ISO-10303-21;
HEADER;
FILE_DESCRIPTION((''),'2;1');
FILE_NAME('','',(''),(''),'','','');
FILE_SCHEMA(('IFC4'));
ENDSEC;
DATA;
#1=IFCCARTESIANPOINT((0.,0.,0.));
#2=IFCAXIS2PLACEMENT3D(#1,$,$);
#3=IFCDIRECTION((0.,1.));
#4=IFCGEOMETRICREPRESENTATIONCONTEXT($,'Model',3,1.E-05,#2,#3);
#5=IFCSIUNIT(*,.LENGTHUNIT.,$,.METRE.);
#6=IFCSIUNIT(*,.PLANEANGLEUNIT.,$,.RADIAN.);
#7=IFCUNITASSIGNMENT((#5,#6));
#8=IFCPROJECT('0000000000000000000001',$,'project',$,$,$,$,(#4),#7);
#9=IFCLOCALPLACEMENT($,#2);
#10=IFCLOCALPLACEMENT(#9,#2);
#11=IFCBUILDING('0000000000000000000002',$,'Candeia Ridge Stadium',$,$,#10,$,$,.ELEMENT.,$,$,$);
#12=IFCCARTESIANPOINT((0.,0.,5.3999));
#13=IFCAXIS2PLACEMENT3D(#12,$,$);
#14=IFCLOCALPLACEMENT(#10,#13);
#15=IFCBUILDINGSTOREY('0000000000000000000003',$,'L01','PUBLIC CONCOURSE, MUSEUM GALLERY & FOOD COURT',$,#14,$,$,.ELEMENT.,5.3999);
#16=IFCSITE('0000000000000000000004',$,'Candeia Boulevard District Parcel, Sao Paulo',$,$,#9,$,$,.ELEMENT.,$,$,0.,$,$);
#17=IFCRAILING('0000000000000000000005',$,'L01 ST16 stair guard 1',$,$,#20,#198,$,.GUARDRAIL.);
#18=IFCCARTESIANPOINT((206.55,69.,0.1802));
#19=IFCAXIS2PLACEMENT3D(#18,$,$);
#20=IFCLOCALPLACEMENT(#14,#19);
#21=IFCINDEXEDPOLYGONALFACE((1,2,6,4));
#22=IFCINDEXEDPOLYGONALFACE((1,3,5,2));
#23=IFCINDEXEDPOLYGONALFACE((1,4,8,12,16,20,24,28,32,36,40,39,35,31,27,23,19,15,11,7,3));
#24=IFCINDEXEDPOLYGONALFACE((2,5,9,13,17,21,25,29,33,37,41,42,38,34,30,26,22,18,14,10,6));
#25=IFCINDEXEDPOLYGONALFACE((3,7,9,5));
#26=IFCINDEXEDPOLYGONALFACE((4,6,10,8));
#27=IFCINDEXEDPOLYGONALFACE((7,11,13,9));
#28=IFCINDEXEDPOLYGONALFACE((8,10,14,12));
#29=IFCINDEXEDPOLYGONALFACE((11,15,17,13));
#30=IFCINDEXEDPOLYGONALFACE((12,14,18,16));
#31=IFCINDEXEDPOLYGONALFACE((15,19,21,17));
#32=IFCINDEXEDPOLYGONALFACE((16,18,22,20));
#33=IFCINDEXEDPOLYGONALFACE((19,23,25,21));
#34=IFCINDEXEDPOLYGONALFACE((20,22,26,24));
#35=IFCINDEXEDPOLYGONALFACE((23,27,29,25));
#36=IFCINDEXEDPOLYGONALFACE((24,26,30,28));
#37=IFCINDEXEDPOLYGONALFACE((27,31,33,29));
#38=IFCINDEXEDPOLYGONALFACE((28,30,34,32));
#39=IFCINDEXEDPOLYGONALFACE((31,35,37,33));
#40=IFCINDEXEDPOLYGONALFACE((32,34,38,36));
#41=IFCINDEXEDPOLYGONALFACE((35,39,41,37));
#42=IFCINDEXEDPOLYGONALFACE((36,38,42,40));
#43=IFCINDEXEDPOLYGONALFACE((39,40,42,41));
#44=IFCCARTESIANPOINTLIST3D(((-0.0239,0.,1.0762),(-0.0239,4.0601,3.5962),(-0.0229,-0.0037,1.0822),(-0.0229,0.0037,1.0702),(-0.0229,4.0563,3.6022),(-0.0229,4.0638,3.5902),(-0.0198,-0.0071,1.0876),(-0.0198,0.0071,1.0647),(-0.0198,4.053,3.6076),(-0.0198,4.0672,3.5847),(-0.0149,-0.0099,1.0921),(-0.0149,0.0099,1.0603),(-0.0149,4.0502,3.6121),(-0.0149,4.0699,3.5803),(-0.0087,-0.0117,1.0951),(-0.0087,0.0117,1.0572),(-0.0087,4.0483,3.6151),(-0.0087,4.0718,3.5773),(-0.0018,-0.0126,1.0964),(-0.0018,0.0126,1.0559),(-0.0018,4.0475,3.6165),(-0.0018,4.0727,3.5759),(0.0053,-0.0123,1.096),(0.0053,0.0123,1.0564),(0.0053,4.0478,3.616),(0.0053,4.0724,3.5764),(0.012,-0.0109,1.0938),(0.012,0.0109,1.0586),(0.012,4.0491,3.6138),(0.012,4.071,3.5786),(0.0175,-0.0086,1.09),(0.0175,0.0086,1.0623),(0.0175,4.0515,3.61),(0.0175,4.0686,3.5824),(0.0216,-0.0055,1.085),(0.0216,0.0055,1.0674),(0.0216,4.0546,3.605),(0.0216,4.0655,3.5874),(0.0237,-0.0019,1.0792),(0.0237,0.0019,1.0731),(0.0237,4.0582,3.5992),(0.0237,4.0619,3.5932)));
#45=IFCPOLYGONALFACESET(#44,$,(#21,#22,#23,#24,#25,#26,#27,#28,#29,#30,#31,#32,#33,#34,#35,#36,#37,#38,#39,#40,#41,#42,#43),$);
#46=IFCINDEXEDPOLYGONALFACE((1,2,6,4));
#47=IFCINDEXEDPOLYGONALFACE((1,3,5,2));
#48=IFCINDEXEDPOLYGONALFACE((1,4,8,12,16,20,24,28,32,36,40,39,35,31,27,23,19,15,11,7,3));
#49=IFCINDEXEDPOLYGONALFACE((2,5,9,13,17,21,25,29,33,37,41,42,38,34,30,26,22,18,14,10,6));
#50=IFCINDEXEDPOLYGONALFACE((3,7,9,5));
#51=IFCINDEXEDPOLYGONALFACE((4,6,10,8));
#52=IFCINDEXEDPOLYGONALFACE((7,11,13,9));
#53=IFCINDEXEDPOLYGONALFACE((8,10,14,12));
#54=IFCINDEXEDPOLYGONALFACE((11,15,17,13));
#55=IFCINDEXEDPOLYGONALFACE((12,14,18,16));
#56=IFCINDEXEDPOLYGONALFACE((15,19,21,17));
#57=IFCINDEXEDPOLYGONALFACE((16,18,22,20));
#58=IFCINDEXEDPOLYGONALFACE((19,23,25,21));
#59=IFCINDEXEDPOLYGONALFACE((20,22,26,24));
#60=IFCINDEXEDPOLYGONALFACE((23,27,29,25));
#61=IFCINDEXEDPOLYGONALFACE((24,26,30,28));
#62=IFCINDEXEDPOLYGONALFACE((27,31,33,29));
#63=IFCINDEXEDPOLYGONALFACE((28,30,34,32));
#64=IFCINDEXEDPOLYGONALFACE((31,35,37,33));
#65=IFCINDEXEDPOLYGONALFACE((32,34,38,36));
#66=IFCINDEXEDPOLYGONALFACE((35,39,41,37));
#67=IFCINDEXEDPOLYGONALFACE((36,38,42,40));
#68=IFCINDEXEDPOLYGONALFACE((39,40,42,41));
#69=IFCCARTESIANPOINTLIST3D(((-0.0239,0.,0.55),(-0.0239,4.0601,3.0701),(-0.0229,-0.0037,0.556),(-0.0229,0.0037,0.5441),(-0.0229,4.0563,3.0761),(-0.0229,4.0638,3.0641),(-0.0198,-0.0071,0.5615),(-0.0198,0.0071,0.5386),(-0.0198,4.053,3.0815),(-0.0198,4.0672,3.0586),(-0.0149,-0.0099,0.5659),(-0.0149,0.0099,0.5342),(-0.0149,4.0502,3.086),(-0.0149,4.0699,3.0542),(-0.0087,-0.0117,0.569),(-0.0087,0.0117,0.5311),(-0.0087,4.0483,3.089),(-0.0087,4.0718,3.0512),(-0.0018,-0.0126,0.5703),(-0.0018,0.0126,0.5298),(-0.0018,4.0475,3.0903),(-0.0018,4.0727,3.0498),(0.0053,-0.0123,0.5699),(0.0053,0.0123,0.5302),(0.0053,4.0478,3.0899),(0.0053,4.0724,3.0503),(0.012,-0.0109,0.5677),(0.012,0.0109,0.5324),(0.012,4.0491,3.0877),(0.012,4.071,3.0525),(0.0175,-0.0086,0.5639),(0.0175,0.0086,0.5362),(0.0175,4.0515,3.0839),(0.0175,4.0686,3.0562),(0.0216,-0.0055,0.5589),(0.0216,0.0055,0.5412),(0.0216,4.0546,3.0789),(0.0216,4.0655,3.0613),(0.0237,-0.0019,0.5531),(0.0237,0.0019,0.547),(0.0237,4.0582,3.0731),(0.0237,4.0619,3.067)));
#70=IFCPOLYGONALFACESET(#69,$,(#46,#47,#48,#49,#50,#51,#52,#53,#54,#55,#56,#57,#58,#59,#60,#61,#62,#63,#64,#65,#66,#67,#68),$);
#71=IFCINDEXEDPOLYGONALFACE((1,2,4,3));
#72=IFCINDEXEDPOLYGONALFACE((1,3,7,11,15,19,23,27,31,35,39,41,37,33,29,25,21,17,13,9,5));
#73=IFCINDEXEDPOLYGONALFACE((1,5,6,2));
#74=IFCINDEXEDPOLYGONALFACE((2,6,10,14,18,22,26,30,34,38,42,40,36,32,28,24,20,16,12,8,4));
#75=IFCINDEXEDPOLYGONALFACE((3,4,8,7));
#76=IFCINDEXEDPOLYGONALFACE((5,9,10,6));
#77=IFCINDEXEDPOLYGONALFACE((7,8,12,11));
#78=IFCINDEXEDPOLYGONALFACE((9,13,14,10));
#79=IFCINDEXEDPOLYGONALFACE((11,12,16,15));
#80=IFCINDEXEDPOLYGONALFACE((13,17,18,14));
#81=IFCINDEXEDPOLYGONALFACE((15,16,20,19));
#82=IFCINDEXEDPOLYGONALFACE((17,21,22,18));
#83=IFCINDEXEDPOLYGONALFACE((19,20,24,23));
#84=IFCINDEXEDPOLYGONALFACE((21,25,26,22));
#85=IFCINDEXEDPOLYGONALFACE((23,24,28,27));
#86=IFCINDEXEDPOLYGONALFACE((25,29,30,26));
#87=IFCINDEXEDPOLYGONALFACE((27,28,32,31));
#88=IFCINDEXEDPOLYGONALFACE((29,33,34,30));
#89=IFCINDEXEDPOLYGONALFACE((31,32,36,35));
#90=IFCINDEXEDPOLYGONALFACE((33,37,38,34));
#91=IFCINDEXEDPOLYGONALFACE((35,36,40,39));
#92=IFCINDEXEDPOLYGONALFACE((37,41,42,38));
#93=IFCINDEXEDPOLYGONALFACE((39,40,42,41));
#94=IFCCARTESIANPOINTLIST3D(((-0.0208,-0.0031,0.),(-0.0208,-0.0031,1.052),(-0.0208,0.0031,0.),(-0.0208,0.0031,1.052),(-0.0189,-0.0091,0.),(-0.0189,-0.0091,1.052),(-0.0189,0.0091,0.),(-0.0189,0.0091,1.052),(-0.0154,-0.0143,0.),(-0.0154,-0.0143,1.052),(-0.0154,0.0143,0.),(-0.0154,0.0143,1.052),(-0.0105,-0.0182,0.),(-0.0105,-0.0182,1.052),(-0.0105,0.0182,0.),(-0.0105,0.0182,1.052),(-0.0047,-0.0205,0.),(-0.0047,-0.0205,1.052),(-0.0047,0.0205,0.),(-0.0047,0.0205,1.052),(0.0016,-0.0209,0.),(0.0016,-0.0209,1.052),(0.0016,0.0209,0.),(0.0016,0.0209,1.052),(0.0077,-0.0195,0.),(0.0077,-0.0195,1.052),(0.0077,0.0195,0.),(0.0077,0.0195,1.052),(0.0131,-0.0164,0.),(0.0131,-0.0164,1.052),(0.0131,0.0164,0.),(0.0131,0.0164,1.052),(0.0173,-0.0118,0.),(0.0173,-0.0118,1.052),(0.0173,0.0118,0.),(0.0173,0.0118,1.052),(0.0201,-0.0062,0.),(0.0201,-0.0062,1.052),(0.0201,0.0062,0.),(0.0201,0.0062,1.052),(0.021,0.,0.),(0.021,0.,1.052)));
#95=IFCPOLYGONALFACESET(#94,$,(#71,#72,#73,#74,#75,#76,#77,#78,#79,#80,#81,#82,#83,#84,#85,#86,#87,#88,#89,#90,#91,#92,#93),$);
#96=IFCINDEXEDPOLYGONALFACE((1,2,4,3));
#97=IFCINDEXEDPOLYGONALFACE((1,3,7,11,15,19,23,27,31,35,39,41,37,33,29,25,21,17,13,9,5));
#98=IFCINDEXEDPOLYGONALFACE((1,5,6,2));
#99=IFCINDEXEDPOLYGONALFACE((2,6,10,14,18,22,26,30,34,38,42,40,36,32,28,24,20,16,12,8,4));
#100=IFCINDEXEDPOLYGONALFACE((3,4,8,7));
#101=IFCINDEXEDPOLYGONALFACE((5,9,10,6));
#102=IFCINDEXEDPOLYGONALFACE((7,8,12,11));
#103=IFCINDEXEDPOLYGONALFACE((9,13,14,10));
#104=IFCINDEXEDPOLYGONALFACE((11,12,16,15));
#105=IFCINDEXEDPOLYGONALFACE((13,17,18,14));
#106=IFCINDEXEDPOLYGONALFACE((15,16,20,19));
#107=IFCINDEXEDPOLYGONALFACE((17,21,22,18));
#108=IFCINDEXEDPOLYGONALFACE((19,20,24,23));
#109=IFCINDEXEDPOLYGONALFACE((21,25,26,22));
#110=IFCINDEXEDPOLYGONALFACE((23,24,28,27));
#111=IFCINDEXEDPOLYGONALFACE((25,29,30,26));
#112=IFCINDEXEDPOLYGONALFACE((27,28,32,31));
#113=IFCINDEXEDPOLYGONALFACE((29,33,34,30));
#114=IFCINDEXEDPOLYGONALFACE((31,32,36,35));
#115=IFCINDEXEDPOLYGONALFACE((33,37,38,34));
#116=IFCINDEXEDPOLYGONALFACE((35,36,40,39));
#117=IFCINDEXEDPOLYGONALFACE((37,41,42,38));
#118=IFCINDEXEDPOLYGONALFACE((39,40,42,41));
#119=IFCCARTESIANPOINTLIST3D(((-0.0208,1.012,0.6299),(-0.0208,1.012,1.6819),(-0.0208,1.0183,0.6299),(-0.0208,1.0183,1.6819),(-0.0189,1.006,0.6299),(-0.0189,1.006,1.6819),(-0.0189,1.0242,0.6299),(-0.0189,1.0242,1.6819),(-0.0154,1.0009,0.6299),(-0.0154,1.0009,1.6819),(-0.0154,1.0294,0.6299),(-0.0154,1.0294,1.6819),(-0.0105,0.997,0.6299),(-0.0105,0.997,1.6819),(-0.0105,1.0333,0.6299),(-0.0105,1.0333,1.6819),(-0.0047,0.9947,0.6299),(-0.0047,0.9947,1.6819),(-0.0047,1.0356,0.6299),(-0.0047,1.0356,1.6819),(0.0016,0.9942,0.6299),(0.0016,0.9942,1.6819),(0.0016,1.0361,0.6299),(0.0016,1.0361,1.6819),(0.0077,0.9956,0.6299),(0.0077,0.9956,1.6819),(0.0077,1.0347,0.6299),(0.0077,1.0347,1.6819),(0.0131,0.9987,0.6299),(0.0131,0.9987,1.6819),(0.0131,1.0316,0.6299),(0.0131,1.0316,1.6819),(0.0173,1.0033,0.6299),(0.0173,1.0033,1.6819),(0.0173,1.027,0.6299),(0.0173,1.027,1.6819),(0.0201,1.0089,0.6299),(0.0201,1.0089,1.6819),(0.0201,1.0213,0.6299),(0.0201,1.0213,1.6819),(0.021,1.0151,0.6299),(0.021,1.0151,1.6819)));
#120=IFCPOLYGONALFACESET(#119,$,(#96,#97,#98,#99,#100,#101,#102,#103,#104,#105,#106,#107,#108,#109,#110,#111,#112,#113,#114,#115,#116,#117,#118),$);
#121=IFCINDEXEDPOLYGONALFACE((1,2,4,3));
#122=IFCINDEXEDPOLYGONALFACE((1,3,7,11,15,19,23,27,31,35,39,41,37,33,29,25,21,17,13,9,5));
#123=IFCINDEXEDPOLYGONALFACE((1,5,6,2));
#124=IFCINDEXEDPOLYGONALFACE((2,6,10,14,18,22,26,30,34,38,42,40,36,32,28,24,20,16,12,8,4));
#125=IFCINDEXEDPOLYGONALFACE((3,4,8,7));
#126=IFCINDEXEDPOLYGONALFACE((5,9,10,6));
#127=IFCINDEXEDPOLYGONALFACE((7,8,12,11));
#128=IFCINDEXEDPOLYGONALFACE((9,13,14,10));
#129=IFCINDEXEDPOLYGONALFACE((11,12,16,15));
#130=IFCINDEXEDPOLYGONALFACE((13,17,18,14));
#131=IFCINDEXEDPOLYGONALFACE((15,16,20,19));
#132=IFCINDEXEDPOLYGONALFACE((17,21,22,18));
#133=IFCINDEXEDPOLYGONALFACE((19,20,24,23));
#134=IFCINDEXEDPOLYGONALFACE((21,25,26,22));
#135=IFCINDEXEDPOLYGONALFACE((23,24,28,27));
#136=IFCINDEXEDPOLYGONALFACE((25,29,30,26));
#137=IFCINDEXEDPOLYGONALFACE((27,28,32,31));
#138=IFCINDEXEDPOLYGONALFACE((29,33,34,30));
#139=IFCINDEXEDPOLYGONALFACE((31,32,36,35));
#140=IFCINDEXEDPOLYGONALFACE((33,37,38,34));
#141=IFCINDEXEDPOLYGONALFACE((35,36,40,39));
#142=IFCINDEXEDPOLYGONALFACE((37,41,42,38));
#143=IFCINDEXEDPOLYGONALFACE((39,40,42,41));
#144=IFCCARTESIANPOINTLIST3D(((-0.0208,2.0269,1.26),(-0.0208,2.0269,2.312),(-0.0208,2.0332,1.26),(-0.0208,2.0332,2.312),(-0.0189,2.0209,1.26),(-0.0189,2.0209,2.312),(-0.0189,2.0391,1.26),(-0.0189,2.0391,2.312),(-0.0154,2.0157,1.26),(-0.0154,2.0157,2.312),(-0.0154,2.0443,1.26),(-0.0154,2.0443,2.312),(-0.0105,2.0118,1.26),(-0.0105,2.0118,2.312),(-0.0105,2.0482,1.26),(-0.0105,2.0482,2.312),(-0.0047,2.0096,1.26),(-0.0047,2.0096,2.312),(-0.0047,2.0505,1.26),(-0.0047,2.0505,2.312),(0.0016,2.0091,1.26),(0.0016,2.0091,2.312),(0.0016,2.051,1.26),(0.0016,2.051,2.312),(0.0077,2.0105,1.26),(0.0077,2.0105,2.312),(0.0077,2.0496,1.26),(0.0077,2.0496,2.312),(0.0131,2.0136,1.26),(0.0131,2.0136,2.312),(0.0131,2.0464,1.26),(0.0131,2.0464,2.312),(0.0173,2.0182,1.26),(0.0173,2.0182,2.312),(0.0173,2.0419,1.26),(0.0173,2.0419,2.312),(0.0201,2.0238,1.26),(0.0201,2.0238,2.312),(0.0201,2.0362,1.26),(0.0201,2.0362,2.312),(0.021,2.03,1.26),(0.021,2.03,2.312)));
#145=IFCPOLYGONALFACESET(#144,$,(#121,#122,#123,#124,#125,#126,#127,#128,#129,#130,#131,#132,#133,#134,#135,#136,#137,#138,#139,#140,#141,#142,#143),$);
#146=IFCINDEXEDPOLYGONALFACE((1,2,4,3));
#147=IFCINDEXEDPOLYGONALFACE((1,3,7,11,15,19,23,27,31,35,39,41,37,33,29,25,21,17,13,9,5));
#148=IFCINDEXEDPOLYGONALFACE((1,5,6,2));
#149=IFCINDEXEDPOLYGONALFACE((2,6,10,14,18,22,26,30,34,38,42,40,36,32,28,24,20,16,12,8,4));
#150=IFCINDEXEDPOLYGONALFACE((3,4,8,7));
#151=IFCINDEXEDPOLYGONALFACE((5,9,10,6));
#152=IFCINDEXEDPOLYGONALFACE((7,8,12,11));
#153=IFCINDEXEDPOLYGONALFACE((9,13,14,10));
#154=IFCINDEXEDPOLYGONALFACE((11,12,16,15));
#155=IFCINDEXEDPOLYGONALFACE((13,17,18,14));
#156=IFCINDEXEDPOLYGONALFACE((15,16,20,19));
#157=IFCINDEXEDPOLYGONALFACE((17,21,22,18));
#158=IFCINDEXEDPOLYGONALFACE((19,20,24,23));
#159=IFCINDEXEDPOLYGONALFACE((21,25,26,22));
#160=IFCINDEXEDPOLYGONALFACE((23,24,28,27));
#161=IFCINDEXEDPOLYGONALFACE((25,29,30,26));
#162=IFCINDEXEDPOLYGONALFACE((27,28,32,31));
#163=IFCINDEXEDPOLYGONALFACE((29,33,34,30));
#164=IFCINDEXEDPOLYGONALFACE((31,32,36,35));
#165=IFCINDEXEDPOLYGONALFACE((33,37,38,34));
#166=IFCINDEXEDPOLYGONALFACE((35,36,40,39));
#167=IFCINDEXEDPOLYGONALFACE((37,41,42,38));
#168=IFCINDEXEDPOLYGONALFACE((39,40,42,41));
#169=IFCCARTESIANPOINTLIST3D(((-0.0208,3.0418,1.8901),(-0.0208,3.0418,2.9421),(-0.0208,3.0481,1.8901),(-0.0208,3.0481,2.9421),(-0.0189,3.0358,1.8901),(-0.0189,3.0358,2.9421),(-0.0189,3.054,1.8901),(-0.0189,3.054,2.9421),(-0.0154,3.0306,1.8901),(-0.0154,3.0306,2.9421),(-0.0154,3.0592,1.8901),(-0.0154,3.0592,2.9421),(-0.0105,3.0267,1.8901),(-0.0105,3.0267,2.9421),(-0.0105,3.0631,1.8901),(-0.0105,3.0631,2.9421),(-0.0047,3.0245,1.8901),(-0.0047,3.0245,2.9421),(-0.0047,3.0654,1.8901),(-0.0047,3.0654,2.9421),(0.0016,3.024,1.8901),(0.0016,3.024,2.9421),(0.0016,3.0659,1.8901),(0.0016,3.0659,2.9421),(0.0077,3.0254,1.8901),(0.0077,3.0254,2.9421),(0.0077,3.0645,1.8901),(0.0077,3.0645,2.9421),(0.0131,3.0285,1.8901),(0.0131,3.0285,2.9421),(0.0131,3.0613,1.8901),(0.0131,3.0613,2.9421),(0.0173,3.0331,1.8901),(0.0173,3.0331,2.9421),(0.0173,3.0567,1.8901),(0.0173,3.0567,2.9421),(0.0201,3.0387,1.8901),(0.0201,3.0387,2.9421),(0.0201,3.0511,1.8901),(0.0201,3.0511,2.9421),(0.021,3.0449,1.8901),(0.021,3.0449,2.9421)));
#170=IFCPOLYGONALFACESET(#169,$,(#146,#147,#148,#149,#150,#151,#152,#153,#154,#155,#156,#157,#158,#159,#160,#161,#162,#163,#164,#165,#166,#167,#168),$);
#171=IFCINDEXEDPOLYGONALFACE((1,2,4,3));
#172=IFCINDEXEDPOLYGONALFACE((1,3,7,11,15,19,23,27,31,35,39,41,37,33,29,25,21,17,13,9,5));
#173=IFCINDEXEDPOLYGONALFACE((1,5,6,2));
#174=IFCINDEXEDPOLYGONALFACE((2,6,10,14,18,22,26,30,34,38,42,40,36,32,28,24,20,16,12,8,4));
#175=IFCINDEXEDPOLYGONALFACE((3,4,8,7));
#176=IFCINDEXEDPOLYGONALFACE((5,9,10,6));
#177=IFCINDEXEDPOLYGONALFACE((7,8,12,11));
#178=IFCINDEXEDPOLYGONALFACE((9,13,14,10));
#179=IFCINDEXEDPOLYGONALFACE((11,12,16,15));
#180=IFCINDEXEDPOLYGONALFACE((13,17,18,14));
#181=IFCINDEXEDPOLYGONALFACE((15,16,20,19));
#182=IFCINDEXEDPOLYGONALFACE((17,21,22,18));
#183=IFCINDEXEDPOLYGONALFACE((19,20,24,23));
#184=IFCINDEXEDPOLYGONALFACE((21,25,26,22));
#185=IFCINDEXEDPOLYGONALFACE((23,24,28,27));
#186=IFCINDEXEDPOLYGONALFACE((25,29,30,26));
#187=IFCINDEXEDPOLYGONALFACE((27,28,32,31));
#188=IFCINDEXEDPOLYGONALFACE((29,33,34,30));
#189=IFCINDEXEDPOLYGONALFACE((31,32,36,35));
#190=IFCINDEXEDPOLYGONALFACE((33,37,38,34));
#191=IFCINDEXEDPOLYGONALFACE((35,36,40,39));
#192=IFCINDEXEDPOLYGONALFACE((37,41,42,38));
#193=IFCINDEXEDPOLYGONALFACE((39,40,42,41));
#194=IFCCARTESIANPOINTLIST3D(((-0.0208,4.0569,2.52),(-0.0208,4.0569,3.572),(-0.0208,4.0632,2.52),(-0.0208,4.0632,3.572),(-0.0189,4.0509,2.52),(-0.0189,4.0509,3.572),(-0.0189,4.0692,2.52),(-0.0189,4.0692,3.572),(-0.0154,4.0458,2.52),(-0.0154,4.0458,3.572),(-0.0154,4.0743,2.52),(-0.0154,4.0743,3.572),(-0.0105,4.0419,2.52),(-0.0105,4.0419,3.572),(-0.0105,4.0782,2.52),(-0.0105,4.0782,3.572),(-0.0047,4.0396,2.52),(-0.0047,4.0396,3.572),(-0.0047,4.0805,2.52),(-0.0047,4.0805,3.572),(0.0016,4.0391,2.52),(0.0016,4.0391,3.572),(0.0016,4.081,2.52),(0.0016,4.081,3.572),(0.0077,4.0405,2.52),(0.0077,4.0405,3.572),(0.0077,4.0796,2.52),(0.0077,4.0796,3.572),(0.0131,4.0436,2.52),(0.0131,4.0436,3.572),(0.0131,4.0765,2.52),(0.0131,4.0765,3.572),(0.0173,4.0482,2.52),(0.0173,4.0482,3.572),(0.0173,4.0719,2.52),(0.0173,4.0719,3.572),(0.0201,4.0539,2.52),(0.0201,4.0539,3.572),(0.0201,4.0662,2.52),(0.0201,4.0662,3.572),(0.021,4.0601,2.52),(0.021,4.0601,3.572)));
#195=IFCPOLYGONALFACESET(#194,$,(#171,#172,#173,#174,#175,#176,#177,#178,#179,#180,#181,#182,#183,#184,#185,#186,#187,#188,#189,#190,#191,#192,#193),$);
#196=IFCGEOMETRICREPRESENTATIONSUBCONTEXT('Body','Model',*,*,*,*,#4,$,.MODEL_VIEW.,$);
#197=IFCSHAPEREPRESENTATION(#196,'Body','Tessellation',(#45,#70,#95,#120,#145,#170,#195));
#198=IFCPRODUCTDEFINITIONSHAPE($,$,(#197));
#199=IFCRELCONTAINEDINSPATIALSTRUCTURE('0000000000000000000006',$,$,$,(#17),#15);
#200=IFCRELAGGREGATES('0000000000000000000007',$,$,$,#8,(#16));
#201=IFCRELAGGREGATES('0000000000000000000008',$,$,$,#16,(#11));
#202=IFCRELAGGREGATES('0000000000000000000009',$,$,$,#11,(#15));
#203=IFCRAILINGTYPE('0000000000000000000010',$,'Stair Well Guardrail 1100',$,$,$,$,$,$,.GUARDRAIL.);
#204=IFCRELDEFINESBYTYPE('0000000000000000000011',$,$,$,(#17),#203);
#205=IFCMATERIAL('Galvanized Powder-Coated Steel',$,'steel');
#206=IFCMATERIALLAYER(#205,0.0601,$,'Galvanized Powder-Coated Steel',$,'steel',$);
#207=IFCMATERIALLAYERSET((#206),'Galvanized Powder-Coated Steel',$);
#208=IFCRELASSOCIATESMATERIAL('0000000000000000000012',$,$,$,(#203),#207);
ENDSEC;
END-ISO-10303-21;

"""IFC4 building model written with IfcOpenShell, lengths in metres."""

from ifc_helpers import new_model, si_unit, direction, frame, origin, origin_2d, place, context, subcontext, project, spatial, circle, extrude, material, layer, layer_set, type_object, element, save


model = new_model("IFC4")

# Units and contexts
model_context = context("Model", 3, precision=1e-05, world=origin(), true_north=direction((0.0, 1.0)))
body_context = subcontext(model_context, "Body", "Model", "MODEL_VIEW")
ifc_project = project(units=[si_unit("LENGTHUNIT", "METRE"), si_unit("PLANEANGLEUNIT", "RADIAN")], contexts=[model_context])

# Site, building, storey
site_placement = place(None, origin())
site = spatial("IfcSite", under=ifc_project, at=site_placement, Name="Candeia Boulevard District Parcel, Sao Paulo", CompositionType="ELEMENT", RefElevation=0.0)
building_placement = place(site_placement, origin())
building = spatial("IfcBuilding", under=site, at=building_placement, Name="Candeia Ridge Stadium", CompositionType="ELEMENT")
storey_placement = place(building_placement, frame((0.0, 0.0, 5.3999)))
storey = spatial("IfcBuildingStorey", under=building, at=storey_placement, Name="L01", Description="PUBLIC CONCOURSE, MUSEUM GALLERY & FOOD COURT", CompositionType="ELEMENT", Elevation=5.3999)

# Railing
ifc_material_1 = material(Name="Galvanized Powder-Coated Steel", Category="steel")
ifc_layer_1 = layer(ifc_material_1, 0.0601, Name="Galvanized Powder-Coated Steel", Category="steel")
ifc_layer_set_1 = layer_set([ifc_layer_1], Name="Galvanized Powder-Coated Steel")
railing_type_1 = type_object("IfcRailingType", Name="Stair Well Guardrail 1100", PredefinedType="GUARDRAIL", material=ifc_layer_set_1)
railing_1_placement = place(storey_placement, frame((206.55, 69.0, 0.1802)))
element("IfcRailing", 1, at=railing_1_placement, inside=storey, type_object=railing_type_1, Name="L01 ST16 stair guard 1", PredefinedType="GUARDRAIL", context=body_context, shape_type="SweptSolid", body=[
    extrude(circle(Radius=0.0239, at=origin_2d()), frame((0.0, 0.0, 1.0762), z_axis=(0.0, 0.849642, 0.52736), x_axis=(-1.0, 0.0, 0.0)), (0.0, 0.0, 1.0), 4.7786),
    extrude(circle(Radius=0.0239, at=origin_2d()), frame((0.0, 0.0, 0.55), z_axis=(0.0, 0.849642, 0.52736), x_axis=(-1.0, 0.0, 0.0)), (0.0, 0.0, 1.0), 4.7786),
    extrude(circle(Radius=0.021, at=origin_2d()), origin(), (0.0, 0.0, 1.0), 1.052),
    extrude(circle(Radius=0.021, at=origin_2d()), frame((0.0, 1.0151, 0.6299)), (0.0, 0.0, 1.0), 1.052),
    extrude(circle(Radius=0.021, at=origin_2d()), frame((0.0, 2.03, 1.26)), (0.0, 0.0, 1.0), 1.052),
    extrude(circle(Radius=0.021, at=origin_2d()), frame((0.0, 3.0449, 1.8901)), (0.0, 0.0, 1.0), 1.052),
    extrude(circle(Radius=0.021, at=origin_2d()), frame((0.0, 4.0601, 2.52)), (0.0, 0.0, 1.0), 1.052),
])

save(model, "model.ifc")
